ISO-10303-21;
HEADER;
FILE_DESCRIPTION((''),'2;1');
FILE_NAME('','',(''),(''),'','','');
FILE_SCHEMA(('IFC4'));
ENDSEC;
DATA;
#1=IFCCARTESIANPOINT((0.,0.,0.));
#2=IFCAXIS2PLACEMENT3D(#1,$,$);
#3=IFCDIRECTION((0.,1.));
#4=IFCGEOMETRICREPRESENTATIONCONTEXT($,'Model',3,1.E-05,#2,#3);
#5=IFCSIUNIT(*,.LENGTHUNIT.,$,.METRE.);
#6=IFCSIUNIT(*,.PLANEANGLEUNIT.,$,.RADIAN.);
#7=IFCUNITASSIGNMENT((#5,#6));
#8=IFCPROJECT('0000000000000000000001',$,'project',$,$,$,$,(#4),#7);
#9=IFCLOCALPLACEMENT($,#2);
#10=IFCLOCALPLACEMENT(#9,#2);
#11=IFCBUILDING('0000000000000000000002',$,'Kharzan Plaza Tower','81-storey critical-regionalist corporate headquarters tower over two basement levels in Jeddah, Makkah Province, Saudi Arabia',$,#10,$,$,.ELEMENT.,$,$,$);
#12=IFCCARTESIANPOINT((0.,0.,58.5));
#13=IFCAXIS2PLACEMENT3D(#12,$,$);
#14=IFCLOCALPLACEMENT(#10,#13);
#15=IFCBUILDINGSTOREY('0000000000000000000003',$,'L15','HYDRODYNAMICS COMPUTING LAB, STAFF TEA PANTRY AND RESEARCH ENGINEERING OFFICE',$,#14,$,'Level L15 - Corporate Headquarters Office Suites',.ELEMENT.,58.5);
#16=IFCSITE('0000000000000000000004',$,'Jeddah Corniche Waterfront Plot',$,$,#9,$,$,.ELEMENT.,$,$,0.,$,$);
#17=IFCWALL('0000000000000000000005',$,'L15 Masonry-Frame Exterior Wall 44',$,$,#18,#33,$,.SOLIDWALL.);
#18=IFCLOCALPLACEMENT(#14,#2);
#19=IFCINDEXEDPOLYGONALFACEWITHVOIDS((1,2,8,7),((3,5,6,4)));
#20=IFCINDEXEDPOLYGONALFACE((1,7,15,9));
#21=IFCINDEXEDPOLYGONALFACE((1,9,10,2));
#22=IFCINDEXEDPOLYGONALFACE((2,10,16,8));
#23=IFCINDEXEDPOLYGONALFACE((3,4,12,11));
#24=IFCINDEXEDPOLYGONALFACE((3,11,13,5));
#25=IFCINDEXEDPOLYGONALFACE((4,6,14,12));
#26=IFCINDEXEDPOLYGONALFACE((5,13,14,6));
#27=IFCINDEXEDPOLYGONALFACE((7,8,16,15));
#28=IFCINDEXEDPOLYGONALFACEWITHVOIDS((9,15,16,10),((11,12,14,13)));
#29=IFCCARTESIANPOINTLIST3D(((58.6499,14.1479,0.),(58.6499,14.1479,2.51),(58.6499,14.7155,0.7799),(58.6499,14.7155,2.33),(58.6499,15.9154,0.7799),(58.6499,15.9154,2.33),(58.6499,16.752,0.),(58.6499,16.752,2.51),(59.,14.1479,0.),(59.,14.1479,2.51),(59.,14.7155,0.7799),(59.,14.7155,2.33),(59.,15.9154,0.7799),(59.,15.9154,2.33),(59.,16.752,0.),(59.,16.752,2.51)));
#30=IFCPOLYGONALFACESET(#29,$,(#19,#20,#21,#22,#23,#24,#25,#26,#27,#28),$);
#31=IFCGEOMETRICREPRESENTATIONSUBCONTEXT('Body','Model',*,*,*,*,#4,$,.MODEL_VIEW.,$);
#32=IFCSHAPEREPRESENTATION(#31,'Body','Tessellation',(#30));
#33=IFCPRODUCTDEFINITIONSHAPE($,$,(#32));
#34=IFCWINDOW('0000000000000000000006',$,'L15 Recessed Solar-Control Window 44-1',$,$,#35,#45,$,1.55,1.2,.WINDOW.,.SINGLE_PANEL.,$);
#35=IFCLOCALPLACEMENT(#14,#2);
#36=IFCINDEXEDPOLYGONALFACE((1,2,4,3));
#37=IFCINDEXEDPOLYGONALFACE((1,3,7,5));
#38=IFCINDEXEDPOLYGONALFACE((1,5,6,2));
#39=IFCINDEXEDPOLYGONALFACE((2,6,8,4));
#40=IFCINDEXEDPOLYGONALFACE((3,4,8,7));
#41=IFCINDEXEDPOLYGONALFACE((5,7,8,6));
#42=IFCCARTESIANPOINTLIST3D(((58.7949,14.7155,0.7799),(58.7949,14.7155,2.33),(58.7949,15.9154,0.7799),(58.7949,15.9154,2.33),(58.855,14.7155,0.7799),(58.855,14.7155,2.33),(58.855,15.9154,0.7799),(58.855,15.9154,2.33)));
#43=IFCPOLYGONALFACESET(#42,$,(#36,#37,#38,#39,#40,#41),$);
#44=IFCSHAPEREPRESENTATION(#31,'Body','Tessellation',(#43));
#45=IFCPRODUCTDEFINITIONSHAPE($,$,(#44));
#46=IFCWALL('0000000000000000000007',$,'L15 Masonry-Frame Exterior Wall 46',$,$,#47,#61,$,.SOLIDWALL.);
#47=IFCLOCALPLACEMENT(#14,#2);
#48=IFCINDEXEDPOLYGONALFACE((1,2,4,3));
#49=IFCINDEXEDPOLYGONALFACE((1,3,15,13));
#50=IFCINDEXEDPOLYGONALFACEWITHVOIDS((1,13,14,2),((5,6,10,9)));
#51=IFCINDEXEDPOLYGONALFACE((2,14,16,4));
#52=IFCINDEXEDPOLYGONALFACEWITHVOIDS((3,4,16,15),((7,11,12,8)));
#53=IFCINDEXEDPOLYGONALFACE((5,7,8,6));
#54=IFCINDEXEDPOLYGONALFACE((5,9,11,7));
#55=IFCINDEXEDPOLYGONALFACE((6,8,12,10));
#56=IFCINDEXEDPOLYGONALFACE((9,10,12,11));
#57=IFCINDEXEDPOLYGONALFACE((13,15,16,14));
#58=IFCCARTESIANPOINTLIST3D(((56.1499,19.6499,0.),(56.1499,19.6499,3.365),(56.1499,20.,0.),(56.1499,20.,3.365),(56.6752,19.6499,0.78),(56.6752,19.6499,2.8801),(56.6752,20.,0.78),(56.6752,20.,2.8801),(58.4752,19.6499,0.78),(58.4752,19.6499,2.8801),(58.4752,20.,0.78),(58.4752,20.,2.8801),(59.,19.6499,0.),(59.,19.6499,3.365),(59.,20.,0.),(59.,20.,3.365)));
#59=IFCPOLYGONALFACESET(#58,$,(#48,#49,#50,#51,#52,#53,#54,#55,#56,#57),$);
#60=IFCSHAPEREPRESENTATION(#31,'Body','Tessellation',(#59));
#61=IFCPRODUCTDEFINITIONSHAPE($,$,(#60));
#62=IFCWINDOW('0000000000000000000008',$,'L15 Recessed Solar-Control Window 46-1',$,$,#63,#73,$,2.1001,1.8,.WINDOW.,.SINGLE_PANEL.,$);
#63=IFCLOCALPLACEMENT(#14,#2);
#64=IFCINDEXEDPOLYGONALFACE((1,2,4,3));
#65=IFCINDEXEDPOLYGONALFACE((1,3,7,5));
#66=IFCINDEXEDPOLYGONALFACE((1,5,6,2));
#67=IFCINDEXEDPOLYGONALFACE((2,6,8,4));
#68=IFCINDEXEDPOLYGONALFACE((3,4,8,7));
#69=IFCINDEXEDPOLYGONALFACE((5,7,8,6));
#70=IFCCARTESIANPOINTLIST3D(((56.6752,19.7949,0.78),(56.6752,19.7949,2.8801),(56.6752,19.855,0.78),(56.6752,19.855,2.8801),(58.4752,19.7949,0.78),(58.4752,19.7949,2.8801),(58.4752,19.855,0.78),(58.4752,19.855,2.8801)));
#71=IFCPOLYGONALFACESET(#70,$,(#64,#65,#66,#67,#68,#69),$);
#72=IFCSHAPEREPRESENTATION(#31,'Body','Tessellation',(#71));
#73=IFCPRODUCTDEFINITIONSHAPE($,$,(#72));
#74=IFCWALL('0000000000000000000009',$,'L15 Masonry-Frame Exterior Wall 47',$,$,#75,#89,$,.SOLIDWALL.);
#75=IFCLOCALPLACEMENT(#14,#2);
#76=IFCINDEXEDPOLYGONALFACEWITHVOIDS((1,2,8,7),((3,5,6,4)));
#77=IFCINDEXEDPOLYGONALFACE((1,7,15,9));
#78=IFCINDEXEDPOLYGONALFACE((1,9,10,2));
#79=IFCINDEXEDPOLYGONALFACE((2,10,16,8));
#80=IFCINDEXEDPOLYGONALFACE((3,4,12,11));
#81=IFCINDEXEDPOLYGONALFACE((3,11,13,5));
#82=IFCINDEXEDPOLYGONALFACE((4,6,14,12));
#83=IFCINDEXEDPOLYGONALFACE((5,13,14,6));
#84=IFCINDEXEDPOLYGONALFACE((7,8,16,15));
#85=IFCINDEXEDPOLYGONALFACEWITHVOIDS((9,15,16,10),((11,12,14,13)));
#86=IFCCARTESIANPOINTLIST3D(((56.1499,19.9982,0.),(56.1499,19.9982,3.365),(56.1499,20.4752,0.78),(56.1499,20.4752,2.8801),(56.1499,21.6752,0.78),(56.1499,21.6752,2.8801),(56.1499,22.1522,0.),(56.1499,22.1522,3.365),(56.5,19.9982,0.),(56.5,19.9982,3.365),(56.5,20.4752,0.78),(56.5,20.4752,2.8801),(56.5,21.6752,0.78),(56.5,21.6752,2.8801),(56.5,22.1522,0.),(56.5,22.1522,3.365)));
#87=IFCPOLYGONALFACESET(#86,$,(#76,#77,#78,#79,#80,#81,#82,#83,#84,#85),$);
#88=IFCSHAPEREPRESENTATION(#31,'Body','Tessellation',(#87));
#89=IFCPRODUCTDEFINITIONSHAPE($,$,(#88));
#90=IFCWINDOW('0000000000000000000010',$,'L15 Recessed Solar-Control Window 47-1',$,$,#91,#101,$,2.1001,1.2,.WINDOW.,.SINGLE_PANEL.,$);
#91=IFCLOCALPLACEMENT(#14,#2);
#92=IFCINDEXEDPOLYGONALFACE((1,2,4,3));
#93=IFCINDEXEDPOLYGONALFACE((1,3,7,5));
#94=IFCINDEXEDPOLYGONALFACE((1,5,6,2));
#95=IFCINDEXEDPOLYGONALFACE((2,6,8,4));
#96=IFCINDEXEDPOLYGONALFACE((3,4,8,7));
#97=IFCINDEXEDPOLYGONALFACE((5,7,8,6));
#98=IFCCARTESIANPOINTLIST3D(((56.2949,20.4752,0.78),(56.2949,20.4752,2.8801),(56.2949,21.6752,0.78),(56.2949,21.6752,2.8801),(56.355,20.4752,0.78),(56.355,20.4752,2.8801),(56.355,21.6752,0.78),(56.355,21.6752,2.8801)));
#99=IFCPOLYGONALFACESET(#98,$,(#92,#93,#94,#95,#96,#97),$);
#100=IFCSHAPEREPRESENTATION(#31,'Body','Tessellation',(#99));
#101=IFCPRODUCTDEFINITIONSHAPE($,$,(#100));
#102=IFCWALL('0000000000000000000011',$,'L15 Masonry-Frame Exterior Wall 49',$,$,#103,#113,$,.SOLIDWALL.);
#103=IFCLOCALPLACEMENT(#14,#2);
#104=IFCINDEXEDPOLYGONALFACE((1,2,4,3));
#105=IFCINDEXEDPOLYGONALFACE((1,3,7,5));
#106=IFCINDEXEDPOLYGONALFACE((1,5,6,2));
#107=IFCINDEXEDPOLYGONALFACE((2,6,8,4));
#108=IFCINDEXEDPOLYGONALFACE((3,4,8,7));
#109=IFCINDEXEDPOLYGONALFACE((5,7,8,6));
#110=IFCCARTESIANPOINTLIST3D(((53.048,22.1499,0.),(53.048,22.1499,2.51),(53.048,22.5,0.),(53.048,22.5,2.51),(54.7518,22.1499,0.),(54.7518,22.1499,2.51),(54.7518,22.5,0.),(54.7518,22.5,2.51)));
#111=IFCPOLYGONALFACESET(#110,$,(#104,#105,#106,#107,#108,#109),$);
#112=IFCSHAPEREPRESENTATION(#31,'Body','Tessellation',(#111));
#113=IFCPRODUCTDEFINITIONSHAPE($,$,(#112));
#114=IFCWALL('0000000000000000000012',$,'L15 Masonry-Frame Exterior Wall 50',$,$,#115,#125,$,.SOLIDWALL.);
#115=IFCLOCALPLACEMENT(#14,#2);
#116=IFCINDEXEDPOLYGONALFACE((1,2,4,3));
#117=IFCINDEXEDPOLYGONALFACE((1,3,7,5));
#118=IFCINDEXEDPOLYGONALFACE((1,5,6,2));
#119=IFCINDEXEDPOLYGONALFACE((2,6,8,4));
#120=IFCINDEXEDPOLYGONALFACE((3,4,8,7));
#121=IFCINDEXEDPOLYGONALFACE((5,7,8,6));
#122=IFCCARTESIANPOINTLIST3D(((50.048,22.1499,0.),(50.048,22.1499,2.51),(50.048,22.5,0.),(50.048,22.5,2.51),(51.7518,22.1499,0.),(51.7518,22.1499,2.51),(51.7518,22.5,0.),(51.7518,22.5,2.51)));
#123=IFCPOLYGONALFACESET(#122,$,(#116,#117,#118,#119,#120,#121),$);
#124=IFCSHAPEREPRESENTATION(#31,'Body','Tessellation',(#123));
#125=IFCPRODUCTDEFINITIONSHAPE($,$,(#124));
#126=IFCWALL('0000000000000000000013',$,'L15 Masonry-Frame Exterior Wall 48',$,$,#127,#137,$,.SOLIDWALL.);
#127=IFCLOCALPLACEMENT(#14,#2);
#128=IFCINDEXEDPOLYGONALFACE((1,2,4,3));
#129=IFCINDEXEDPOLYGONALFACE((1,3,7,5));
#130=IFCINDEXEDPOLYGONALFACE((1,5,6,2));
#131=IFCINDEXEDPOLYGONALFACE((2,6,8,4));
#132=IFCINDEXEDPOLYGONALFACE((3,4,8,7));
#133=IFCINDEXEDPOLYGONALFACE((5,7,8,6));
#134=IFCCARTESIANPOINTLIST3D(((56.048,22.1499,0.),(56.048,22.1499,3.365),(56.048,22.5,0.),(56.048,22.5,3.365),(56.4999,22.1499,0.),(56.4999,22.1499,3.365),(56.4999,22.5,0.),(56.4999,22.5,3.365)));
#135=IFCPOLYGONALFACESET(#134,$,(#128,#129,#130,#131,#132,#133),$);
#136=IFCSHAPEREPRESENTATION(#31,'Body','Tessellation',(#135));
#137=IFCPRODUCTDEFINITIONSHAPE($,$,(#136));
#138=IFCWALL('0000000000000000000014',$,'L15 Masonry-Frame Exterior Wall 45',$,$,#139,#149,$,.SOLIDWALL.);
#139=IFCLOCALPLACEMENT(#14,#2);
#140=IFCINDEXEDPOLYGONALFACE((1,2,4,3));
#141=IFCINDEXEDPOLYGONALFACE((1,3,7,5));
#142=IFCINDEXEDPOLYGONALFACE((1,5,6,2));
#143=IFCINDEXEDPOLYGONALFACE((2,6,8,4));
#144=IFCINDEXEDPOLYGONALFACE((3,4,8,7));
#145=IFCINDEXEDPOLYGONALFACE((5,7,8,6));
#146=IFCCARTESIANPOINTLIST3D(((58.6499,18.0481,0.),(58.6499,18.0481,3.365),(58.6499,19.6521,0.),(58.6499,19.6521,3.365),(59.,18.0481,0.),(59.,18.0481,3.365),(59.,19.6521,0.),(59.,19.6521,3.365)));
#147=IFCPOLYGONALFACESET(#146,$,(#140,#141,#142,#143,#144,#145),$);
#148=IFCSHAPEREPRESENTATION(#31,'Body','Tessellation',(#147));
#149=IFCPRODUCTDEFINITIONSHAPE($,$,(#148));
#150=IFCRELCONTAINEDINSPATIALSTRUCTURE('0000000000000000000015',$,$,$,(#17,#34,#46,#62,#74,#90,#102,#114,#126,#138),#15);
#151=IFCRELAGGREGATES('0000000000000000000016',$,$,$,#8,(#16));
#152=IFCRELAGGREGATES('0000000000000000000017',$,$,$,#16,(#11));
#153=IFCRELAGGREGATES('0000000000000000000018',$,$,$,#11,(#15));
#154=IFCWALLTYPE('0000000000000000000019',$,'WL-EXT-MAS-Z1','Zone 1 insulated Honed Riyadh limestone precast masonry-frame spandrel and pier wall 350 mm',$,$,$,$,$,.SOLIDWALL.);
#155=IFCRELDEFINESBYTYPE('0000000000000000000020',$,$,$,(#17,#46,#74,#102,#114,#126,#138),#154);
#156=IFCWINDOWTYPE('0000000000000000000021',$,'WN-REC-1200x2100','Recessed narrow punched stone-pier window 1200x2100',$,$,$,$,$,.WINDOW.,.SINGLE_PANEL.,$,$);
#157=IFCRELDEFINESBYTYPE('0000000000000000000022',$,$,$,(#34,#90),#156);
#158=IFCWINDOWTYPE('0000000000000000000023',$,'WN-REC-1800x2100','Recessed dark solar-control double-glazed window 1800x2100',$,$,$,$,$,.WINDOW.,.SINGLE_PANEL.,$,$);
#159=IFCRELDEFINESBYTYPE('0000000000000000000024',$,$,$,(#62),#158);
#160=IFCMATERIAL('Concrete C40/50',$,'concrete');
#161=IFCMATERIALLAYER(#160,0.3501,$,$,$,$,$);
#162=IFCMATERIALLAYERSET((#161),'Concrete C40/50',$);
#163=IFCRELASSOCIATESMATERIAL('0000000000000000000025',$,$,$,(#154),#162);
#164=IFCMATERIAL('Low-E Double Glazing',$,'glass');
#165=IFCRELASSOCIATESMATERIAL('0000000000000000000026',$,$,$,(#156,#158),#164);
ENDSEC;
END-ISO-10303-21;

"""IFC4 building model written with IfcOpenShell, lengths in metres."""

from ifc_helpers import new_model, si_unit, direction, frame, frame_2d, origin, place, context, subcontext, project, spatial, rectangle, extrude, source, transform, mapped, material, layer, layer_set, type_object, element, fill, save


model = new_model("IFC4")

# Units and contexts
model_context = context("Model", 3, precision=1e-05, world=origin(), true_north=direction((0.0, 1.0)))
body_context = subcontext(model_context, "Body", "Model", "MODEL_VIEW")
ifc_project = project(units=[si_unit("LENGTHUNIT", "METRE"), si_unit("PLANEANGLEUNIT", "RADIAN")], contexts=[model_context])

# Site, building, storey
site_placement = place(None, origin())
site = spatial("IfcSite", under=ifc_project, at=site_placement, Name="Jeddah Corniche Waterfront Plot", CompositionType="ELEMENT", RefElevation=0.0)
building_placement = place(site_placement, origin())
building = spatial("IfcBuilding", under=site, at=building_placement, Name="Kharzan Plaza Tower", Description="81-storey critical-regionalist corporate headquarters tower over two basement levels in Jeddah, Makkah Province, Saudi Arabia", CompositionType="ELEMENT")
storey_placement = place(building_placement, frame((0.0, 0.0, 58.5)))
storey = spatial("IfcBuildingStorey", under=building, at=storey_placement, Name="L15", Description="HYDRODYNAMICS COMPUTING LAB, STAFF TEA PANTRY AND RESEARCH ENGINEERING OFFICE", LongName="Level L15 - Corporate Headquarters Office Suites", CompositionType="ELEMENT", Elevation=58.5)

# Walls, openings, windows
ifc_material_1 = material(Name="Concrete C40/50", Category="concrete")
ifc_layer = layer(ifc_material_1, 0.3501)
ifc_layer_set = layer_set([ifc_layer], Name="Concrete C40/50")
wall_type = type_object("IfcWallType", Name="WL-EXT-MAS-Z1", Description="Zone 1 insulated Honed Riyadh limestone precast masonry-frame spandrel and pier wall 350 mm", PredefinedType="SOLIDWALL", material=ifc_layer_set)
wall_1_placement = place(storey_placement, frame((58.825, 14.1479, 0.0), z_axis=(0.0, 0.0, 1.0), x_axis=(0.0, 1.0, 0.0)))
wall_1 = element("IfcWall", 1, at=wall_1_placement, inside=storey, type_object=wall_type, Name="L15 Masonry-Frame Exterior Wall 44", PredefinedType="SOLIDWALL", context=body_context, shape_type="SweptSolid", body=[
    extrude(rectangle(XDim=2.604, YDim=0.3501, at=frame_2d((1.302, 0.0))), origin(), (0.0, 0.0, 1.0), 2.51),
])
opening_1_placement = place(wall_1_placement, frame((0.5674, 0.0, 0.78)))
opening_1 = element("IfcOpeningElement", 2, at=opening_1_placement, cuts=wall_1, PredefinedType="OPENING", context=body_context, shape_type="SweptSolid", body=[
    extrude(rectangle(XDim=1.2, YDim=1.55, at=frame_2d((0.6001, 0.7749))), frame((0.0, 0.1851, 0.0), z_axis=(0.0, -1.0, 0.0), x_axis=(1.0, 0.0, 0.0)), (0.0, 0.0, 1.0), 0.3701),
])
ifc_material_2 = material(Name="Low-E Double Glazing", Category="glass")
window_type_1 = type_object("IfcWindowType", Name="WN-REC-1200x2100", Description="Recessed narrow punched stone-pier window 1200x2100", PartitioningType="SINGLE_PANEL", PredefinedType="WINDOW", material=ifc_material_2)
shared_shape_1 = source(origin(), body_context, "Body", "SweptSolid", [
    extrude(rectangle(XDim=1.2, YDim=1.55, at=frame_2d((0.6001, 0.7749))), frame((0.0, 0.03, 0.0), z_axis=(0.0, -1.0, 0.0), x_axis=(1.0, 0.0, 0.0)), (0.0, 0.0, 1.0), 0.0601),
])
window_1_placement = place(opening_1_placement, origin())
window_1 = element("IfcWindow", 3, at=window_1_placement, inside=storey, type_object=window_type_1, Name="L15 Recessed Solar-Control Window 44-1", OverallHeight=1.55, OverallWidth=1.2, PartitioningType="SINGLE_PANEL", PredefinedType="WINDOW", context=body_context, shape_type="MappedRepresentation", body=[
    mapped(shared_shape_1, transform((0.0, 0.0, 0.0), x_axis=(1.0, 0.0, 0.0), y_axis=(0.0, 1.0, 0.0), z_axis=(0.0, 0.0, 1.0))),
])
fill(opening_1, window_1)
wall_2_placement = place(storey_placement, frame((59.0, 19.825, 0.0), z_axis=(0.0, 0.0, 1.0), x_axis=(-1.0, 0.0, 0.0)))
wall_2 = element("IfcWall", 4, at=wall_2_placement, inside=storey, type_object=wall_type, Name="L15 Masonry-Frame Exterior Wall 46", PredefinedType="SOLIDWALL", context=body_context, shape_type="SweptSolid", body=[
    extrude(rectangle(XDim=2.8501, YDim=0.3501, at=frame_2d((1.425, 0.0))), origin(), (0.0, 0.0, 1.0), 3.365),
])
opening_2_placement = place(wall_2_placement, frame((0.5249, 0.0, 0.78)))
opening_2 = element("IfcOpeningElement", 5, at=opening_2_placement, cuts=wall_2, PredefinedType="OPENING", context=body_context, shape_type="SweptSolid", body=[
    extrude(rectangle(XDim=1.8, YDim=2.1001, at=frame_2d((0.8999, 1.05))), frame((0.0, 0.1851, 0.0), z_axis=(0.0, -1.0, 0.0), x_axis=(1.0, 0.0, 0.0)), (0.0, 0.0, 1.0), 0.3701),
])
window_type_2 = type_object("IfcWindowType", Name="WN-REC-1800x2100", Description="Recessed dark solar-control double-glazed window 1800x2100", PartitioningType="SINGLE_PANEL", PredefinedType="WINDOW", material=ifc_material_2)
shared_shape_2 = source(origin(), body_context, "Body", "SweptSolid", [
    extrude(rectangle(XDim=1.8, YDim=2.1001, at=frame_2d((0.8999, 1.05))), frame((0.0, 0.03, 0.0), z_axis=(0.0, -1.0, 0.0), x_axis=(1.0, 0.0, 0.0)), (0.0, 0.0, 1.0), 0.0601),
])
window_2_placement = place(opening_2_placement, origin())
window_2 = element("IfcWindow", 6, at=window_2_placement, inside=storey, type_object=window_type_2, Name="L15 Recessed Solar-Control Window 46-1", OverallHeight=2.1001, OverallWidth=1.8, PartitioningType="SINGLE_PANEL", PredefinedType="WINDOW", context=body_context, shape_type="MappedRepresentation", body=[
    mapped(shared_shape_2, transform((0.0, 0.0, 0.0), x_axis=(1.0, 0.0, 0.0), y_axis=(0.0, 1.0, 0.0), z_axis=(0.0, 0.0, 1.0))),
])
fill(opening_2, window_2)
wall_3_placement = place(storey_placement, frame((56.325, 19.998, 0.0), z_axis=(0.0, 0.0, 1.0), x_axis=(0.0, 1.0, 0.0)))
wall_3 = element("IfcWall", 7, at=wall_3_placement, inside=storey, type_object=wall_type, Name="L15 Masonry-Frame Exterior Wall 47", PredefinedType="SOLIDWALL", context=body_context, shape_type="SweptSolid", body=[
    extrude(rectangle(XDim=2.1541, YDim=0.3501, at=frame_2d((1.0771, 0.0))), origin(), (0.0, 0.0, 1.0), 3.365),
])
opening_3_placement = place(wall_3_placement, frame((0.4771, 0.0, 0.78)))
opening_3 = element("IfcOpeningElement", 8, at=opening_3_placement, cuts=wall_3, PredefinedType="OPENING", context=body_context, shape_type="SweptSolid", body=[
    extrude(rectangle(XDim=1.2, YDim=2.1001, at=frame_2d((0.6001, 1.05))), frame((0.0, 0.1851, 0.0), z_axis=(0.0, -1.0, 0.0), x_axis=(1.0, 0.0, 0.0)), (0.0, 0.0, 1.0), 0.3701),
])
shared_shape_3 = source(origin(), body_context, "Body", "SweptSolid", [
    extrude(rectangle(XDim=1.2, YDim=2.1001, at=frame_2d((0.6001, 1.05))), frame((0.0, 0.03, 0.0), z_axis=(0.0, -1.0, 0.0), x_axis=(1.0, 0.0, 0.0)), (0.0, 0.0, 1.0), 0.0601),
])
window_3_placement = place(opening_3_placement, origin())
window_3 = element("IfcWindow", 9, at=window_3_placement, inside=storey, type_object=window_type_1, Name="L15 Recessed Solar-Control Window 47-1", OverallHeight=2.1001, OverallWidth=1.2, PartitioningType="SINGLE_PANEL", PredefinedType="WINDOW", context=body_context, shape_type="MappedRepresentation", body=[
    mapped(shared_shape_3, transform((0.0, 0.0, 0.0), x_axis=(1.0, 0.0, 0.0), y_axis=(0.0, 1.0, 0.0), z_axis=(0.0, 0.0, 1.0))),
])
fill(opening_3, window_3)

# Walls
shared_shape_4 = source(origin(), body_context, "Body", "SweptSolid", [
    extrude(rectangle(XDim=1.7039, YDim=0.3501, at=frame_2d((0.8521, 0.0))), origin(), (0.0, 0.0, 1.0), 2.51),
])
for number, where, z_axis, x_axis, name in (
    (10, (54.752, 22.325, 0.0), (0.0, 0.0, 1.0), (-1.0, 0.0, 0.0), "L15 Masonry-Frame Exterior Wall 49"),
    (11, (51.752, 22.325, 0.0), (0.0, 0.0, 1.0), (-1.0, 0.0, 0.0), "L15 Masonry-Frame Exterior Wall 50"),
):
    element("IfcWall", number, at=place(storey_placement, frame(where, z_axis=z_axis, x_axis=x_axis)), inside=storey, type_object=wall_type, Name=name, PredefinedType="SOLIDWALL", context=body_context, shape_type="MappedRepresentation", body=[
        mapped(shared_shape_4, transform((0.0, 0.0, 0.0), x_axis=(1.0, 0.0, 0.0), y_axis=(0.0, 1.0, 0.0), z_axis=(0.0, 0.0, 1.0))),
    ])
shared_shape_5 = source(origin(), body_context, "Body", "SweptSolid", [
    extrude(rectangle(XDim=0.4519, YDim=0.3501, at=frame_2d((0.2261, 0.0))), origin(), (0.0, 0.0, 1.0), 3.365),
])
wall_4_placement = place(storey_placement, frame((56.5, 22.325, 0.0), z_axis=(0.0, 0.0, 1.0), x_axis=(-1.0, 0.0, 0.0)))
element("IfcWall", 12, at=wall_4_placement, inside=storey, type_object=wall_type, Name="L15 Masonry-Frame Exterior Wall 48", PredefinedType="SOLIDWALL", context=body_context, shape_type="MappedRepresentation", body=[
    mapped(shared_shape_5, transform((0.0, 0.0, 0.0), x_axis=(1.0, 0.0, 0.0), y_axis=(0.0, 1.0, 0.0), z_axis=(0.0, 0.0, 1.0))),
])
shared_shape_6 = source(origin(), body_context, "Body", "SweptSolid", [
    extrude(rectangle(XDim=1.604, YDim=0.3501, at=frame_2d((0.802, 0.0))), origin(), (0.0, 0.0, 1.0), 3.365),
])
wall_5_placement = place(storey_placement, frame((58.825, 18.0481, 0.0), z_axis=(0.0, 0.0, 1.0), x_axis=(0.0, 1.0, 0.0)))
element("IfcWall", 13, at=wall_5_placement, inside=storey, type_object=wall_type, Name="L15 Masonry-Frame Exterior Wall 45", PredefinedType="SOLIDWALL", context=body_context, shape_type="MappedRepresentation", body=[
    mapped(shared_shape_6, transform((0.0, 0.0, 0.0), x_axis=(1.0, 0.0, 0.0), y_axis=(0.0, 1.0, 0.0), z_axis=(0.0, 0.0, 1.0))),
])

save(model, "model.ifc")
